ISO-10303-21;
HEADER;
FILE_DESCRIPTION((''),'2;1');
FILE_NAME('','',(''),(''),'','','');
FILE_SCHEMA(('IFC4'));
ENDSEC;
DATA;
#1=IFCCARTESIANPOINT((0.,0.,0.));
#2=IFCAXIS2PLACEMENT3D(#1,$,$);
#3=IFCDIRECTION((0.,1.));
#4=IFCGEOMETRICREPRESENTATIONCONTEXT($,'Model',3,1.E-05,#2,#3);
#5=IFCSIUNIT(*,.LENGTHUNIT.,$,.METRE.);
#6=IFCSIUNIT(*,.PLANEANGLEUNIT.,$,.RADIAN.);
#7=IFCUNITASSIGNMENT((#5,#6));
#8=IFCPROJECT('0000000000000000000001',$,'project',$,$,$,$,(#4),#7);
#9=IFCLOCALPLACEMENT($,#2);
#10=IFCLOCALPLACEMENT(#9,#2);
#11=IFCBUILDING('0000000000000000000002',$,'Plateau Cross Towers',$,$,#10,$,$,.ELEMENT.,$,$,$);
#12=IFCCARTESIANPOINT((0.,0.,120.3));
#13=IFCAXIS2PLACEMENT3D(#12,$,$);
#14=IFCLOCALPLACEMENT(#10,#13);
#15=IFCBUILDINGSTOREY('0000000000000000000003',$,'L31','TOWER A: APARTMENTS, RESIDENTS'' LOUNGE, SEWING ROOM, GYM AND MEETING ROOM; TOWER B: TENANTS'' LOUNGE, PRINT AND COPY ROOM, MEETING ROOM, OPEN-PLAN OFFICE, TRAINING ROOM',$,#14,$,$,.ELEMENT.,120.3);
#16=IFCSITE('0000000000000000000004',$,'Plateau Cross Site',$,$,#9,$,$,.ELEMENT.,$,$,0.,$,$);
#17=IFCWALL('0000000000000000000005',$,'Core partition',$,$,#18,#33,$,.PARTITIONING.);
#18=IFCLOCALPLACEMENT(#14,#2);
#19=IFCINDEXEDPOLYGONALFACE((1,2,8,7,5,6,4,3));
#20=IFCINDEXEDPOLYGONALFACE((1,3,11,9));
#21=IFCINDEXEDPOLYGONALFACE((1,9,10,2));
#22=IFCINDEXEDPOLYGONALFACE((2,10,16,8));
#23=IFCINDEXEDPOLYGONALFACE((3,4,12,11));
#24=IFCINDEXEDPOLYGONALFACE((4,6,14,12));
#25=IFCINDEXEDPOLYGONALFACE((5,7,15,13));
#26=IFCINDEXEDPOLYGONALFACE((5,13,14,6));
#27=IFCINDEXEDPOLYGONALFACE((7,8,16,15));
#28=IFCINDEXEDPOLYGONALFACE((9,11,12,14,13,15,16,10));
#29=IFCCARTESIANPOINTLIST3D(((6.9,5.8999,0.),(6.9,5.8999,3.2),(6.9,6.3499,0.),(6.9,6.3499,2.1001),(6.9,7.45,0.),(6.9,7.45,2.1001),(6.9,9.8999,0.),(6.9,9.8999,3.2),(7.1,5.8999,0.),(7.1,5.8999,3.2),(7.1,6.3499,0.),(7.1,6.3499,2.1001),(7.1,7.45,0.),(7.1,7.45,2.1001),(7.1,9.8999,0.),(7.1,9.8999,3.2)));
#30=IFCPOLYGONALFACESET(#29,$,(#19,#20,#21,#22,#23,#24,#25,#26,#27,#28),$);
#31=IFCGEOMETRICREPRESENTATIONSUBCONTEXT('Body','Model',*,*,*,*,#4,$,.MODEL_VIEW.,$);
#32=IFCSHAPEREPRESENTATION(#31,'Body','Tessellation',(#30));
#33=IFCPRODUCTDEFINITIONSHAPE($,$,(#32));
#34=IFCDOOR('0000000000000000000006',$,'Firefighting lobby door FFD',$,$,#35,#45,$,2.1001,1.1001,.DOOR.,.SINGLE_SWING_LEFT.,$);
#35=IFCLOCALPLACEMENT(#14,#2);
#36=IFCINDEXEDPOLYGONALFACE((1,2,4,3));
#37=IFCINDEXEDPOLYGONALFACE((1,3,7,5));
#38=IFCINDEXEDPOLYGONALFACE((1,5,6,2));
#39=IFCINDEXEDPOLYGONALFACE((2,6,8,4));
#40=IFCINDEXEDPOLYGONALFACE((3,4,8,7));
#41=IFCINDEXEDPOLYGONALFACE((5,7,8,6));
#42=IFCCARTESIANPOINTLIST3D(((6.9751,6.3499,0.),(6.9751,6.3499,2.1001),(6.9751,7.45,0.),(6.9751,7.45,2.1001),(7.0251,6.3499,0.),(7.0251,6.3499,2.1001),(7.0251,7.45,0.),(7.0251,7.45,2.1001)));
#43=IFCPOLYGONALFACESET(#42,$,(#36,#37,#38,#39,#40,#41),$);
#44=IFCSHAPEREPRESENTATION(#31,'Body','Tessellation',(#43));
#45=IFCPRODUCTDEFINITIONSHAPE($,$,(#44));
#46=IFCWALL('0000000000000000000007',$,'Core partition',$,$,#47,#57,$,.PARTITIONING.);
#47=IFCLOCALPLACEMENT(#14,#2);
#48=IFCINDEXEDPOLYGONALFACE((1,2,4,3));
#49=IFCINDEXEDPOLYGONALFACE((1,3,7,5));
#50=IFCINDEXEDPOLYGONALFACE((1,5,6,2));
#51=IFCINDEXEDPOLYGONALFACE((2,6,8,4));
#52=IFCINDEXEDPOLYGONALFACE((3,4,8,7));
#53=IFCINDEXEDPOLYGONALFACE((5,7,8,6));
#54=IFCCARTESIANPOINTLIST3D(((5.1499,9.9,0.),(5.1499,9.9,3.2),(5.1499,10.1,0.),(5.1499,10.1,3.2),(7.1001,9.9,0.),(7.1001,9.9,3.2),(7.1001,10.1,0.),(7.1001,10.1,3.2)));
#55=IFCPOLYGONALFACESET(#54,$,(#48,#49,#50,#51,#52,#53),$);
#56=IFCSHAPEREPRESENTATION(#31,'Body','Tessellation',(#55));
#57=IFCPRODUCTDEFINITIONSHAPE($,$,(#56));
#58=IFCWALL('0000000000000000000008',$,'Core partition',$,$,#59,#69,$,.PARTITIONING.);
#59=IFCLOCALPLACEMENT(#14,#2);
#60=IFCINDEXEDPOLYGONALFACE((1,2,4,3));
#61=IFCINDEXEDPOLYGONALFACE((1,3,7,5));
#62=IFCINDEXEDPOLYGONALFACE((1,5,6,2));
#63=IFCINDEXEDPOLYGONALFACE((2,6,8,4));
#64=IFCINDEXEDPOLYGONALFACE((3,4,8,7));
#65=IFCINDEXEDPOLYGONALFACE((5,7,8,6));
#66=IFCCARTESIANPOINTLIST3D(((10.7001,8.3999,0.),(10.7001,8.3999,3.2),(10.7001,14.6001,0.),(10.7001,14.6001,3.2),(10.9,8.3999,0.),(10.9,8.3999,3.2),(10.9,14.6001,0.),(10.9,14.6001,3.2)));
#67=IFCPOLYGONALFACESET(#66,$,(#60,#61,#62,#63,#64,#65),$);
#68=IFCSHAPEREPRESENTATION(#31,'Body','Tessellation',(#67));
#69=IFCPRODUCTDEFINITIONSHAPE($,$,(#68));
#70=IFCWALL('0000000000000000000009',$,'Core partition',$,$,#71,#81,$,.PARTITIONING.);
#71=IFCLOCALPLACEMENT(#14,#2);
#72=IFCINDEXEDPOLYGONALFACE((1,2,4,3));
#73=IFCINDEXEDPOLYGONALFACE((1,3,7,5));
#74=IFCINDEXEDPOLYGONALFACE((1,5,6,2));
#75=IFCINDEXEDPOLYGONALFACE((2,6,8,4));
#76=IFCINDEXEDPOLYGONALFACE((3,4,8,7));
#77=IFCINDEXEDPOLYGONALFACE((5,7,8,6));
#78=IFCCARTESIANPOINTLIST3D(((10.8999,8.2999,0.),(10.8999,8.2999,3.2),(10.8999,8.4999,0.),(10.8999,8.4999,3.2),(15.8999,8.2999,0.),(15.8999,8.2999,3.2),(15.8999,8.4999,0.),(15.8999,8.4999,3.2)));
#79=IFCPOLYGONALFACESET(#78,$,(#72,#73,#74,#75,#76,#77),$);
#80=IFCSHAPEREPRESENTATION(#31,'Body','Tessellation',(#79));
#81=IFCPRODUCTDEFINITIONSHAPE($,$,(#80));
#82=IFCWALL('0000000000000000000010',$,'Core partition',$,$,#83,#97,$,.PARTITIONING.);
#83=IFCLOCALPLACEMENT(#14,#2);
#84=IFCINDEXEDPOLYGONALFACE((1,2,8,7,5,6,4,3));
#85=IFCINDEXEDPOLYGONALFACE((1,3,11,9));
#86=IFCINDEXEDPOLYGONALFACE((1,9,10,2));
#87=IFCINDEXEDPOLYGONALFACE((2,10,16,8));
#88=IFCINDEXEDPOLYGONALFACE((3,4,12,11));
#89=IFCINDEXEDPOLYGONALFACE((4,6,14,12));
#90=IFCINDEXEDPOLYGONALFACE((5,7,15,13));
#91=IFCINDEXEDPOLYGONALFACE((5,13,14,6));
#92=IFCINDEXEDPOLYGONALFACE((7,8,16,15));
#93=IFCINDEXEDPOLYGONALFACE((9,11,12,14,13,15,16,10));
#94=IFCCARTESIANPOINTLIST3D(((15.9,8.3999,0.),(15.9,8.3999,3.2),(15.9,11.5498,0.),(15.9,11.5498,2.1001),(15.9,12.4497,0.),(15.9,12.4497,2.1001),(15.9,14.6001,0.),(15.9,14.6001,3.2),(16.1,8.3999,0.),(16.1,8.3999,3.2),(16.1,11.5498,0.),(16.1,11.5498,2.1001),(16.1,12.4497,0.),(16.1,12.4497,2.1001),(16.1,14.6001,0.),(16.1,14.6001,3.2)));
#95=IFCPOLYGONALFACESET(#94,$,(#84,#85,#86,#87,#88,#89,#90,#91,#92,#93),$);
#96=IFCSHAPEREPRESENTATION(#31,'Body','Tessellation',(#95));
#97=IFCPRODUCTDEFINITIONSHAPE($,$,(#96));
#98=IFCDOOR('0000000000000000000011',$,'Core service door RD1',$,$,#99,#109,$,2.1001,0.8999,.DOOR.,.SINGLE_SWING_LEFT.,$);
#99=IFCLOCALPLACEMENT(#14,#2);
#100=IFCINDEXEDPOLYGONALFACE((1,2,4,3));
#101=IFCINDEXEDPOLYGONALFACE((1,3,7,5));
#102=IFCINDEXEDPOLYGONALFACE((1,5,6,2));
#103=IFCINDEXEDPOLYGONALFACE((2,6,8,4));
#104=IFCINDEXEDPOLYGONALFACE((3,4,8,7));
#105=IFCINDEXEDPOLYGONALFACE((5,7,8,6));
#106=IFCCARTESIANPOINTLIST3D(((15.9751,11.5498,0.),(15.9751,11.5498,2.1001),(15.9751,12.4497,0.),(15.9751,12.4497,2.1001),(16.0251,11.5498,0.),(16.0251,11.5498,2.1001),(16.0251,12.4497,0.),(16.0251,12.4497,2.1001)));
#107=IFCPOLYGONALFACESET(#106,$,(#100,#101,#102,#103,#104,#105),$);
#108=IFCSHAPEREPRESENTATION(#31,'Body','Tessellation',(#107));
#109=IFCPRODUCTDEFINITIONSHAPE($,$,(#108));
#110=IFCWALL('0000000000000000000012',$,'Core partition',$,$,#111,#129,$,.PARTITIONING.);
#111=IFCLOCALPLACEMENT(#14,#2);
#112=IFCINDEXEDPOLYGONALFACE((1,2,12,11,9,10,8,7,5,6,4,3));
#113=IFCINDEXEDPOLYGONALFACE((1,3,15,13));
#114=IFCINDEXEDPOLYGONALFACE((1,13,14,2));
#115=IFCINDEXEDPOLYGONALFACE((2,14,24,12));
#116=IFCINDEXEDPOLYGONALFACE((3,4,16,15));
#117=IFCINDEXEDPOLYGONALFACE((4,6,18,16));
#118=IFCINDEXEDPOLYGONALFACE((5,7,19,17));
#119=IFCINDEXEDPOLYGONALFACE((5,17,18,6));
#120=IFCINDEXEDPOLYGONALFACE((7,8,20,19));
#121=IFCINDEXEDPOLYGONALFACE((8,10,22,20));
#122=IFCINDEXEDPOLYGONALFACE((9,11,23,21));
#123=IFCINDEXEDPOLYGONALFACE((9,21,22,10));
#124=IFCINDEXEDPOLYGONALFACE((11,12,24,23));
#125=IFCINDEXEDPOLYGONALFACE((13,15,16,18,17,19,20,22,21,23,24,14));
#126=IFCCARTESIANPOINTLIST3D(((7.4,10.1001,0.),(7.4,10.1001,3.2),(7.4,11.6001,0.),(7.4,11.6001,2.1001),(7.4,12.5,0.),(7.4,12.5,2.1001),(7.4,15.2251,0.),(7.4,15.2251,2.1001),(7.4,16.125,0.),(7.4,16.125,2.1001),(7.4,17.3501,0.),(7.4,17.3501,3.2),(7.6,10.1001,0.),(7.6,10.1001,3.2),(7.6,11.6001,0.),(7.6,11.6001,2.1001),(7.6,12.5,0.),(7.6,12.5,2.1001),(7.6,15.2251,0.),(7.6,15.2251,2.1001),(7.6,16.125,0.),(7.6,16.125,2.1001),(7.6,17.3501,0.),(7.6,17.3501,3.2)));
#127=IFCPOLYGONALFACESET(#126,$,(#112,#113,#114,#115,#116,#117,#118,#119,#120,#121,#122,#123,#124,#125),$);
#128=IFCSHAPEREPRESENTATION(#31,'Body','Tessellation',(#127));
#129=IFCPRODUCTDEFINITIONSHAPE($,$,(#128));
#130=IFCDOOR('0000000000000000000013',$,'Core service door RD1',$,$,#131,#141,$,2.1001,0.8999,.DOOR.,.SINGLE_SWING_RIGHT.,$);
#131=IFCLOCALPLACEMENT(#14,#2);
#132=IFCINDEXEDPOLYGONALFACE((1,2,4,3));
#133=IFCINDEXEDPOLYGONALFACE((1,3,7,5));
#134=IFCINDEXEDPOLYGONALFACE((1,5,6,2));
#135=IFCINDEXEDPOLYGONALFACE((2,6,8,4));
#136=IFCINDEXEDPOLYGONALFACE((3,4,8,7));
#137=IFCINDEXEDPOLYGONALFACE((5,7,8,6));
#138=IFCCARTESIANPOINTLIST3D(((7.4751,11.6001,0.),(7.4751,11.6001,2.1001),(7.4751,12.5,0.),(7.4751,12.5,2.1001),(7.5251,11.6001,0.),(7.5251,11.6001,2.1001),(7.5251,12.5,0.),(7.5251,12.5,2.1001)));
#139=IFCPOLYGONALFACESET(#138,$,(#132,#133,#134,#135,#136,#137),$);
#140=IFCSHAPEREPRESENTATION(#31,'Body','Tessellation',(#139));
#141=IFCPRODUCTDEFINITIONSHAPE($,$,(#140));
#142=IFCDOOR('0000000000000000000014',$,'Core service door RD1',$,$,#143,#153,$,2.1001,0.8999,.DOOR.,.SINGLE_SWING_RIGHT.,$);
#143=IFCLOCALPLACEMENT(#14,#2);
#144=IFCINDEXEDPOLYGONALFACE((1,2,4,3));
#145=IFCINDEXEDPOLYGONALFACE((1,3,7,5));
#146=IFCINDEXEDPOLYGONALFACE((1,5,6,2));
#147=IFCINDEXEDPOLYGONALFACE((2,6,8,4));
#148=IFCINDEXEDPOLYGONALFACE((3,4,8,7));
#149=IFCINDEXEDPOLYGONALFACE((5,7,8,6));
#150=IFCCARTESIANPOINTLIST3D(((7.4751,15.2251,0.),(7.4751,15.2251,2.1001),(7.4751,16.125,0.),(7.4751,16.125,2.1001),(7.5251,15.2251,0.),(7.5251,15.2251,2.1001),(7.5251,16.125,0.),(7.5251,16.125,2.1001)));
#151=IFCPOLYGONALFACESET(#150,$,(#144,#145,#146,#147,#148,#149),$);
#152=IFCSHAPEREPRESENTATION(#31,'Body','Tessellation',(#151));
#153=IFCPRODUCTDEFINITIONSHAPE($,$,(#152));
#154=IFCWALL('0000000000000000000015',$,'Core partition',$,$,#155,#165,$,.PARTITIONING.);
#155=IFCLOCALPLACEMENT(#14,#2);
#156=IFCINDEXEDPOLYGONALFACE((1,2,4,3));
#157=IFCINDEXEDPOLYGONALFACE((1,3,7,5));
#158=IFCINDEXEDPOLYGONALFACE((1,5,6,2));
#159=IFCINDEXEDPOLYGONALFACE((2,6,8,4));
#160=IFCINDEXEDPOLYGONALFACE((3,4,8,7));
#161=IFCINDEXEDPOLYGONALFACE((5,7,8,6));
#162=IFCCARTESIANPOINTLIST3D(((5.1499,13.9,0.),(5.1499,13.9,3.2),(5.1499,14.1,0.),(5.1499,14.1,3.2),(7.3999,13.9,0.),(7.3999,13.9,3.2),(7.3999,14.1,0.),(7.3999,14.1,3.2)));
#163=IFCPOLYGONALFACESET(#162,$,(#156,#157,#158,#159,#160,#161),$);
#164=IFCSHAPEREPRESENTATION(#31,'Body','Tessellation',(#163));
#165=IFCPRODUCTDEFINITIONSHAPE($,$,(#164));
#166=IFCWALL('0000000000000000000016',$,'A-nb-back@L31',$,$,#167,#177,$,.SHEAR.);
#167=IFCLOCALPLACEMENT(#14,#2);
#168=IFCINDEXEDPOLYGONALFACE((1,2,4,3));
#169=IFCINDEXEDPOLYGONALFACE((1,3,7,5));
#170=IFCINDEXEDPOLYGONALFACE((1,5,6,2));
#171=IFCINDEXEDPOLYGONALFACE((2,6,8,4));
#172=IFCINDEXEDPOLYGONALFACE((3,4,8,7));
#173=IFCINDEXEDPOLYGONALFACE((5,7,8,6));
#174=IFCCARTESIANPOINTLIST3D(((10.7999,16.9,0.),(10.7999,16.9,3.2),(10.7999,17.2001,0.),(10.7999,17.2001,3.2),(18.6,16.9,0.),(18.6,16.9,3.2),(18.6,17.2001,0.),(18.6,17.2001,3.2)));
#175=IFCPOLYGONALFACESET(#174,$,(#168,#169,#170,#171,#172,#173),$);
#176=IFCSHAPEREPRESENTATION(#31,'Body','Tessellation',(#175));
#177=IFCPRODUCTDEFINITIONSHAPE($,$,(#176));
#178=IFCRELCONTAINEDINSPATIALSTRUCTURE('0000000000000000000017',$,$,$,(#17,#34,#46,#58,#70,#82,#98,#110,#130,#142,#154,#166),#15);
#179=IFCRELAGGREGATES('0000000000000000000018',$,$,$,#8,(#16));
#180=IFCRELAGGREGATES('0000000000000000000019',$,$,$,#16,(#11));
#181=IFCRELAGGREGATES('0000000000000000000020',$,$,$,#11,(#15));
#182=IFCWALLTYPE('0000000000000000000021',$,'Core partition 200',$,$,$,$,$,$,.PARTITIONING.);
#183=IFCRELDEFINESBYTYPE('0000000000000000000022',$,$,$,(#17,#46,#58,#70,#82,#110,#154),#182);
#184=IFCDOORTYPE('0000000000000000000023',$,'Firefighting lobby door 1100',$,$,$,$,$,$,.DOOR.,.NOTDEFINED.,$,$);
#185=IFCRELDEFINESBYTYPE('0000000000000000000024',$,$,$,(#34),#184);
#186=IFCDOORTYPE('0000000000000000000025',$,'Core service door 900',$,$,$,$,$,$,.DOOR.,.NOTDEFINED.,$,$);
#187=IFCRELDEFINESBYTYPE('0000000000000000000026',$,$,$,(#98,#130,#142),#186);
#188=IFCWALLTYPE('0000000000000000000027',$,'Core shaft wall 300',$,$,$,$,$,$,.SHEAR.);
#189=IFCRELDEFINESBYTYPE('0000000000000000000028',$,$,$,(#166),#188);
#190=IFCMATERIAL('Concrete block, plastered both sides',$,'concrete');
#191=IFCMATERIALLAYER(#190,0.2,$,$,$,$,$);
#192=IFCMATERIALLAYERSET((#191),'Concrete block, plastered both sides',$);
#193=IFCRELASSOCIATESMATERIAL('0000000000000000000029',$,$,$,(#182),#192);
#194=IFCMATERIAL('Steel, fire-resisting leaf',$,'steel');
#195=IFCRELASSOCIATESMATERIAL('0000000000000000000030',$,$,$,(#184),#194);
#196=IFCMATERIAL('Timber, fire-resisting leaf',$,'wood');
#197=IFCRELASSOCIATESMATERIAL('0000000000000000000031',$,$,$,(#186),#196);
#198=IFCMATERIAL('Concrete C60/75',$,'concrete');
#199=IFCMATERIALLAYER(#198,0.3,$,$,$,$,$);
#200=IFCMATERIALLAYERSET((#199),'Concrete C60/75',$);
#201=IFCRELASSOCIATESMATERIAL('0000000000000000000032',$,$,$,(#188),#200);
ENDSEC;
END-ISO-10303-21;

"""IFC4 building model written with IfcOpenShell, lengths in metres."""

from ifc_helpers import new_model, si_unit, direction, frame, frame_2d, origin, place, context, subcontext, project, spatial, rectangle, extrude, material, layer, layer_set, type_object, element, fill, save


model = new_model("IFC4")

# Units and contexts
model_context = context("Model", 3, precision=1e-05, world=origin(), true_north=direction((0.0, 1.0)))
body_context = subcontext(model_context, "Body", "Model", "MODEL_VIEW")
ifc_project = project(units=[si_unit("LENGTHUNIT", "METRE"), si_unit("PLANEANGLEUNIT", "RADIAN")], contexts=[model_context])

# Site, building, storey
site_placement = place(None, origin())
site = spatial("IfcSite", under=ifc_project, at=site_placement, Name="Plateau Cross Site", CompositionType="ELEMENT", RefElevation=0.0)
building_placement = place(site_placement, origin())
building = spatial("IfcBuilding", under=site, at=building_placement, Name="Plateau Cross Towers", CompositionType="ELEMENT")
storey_placement = place(building_placement, frame((0.0, 0.0, 120.3)))
storey = spatial("IfcBuildingStorey", under=building, at=storey_placement, Name="L31", Description="TOWER A: APARTMENTS, RESIDENTS' LOUNGE, SEWING ROOM, GYM AND MEETING ROOM; TOWER B: TENANTS' LOUNGE, PRINT AND COPY ROOM, MEETING ROOM, OPEN-PLAN OFFICE, TRAINING ROOM", CompositionType="ELEMENT", Elevation=120.3)

# Wall, opening, door
ifc_material_1 = material(Name="Concrete block, plastered both sides", Category="concrete")
ifc_layer_1 = layer(ifc_material_1, 0.2)
ifc_layer_set_1 = layer_set([ifc_layer_1], Name="Concrete block, plastered both sides")
wall_type_1 = type_object("IfcWallType", Name="Core partition 200", PredefinedType="PARTITIONING", material=ifc_layer_set_1)
wall_1_placement = place(storey_placement, frame((7.0, 5.8999, 0.0), z_axis=(0.0, 0.0, 1.0), x_axis=(0.0, 1.0, 0.0)))
wall_1 = element("IfcWall", 1, at=wall_1_placement, inside=storey, type_object=wall_type_1, Name="Core partition", PredefinedType="PARTITIONING", context=body_context, shape_type="SweptSolid", body=[
    extrude(rectangle(XDim=4.0, YDim=0.2, at=frame_2d((2.0, 0.0))), origin(), (0.0, 0.0, 1.0), 3.2),
])
opening_1_placement = place(wall_1_placement, frame((0.45, 0.0, 0.0)))
opening_1 = element("IfcOpeningElement", 2, at=opening_1_placement, cuts=wall_1, PredefinedType="OPENING", context=body_context, shape_type="SweptSolid", body=[
    extrude(rectangle(XDim=1.1001, YDim=2.1001, at=frame_2d((0.55, 1.05))), frame((0.0, 0.1099, 0.0), z_axis=(0.0, -1.0, 0.0), x_axis=(1.0, 0.0, 0.0)), (0.0, 0.0, 1.0), 0.22),
])
ifc_material_2 = material(Name="Steel, fire-resisting leaf", Category="steel")
door_type_1 = type_object("IfcDoorType", Name="Firefighting lobby door 1100", OperationType="NOTDEFINED", PredefinedType="DOOR", material=ifc_material_2)
door_1_placement = place(opening_1_placement, origin())
door_1 = element("IfcDoor", 3, at=door_1_placement, inside=storey, type_object=door_type_1, Name="Firefighting lobby door FFD", OperationType="SINGLE_SWING_LEFT", OverallHeight=2.1001, OverallWidth=1.1001, PredefinedType="DOOR", context=body_context, shape_type="SweptSolid", body=[
    extrude(rectangle(XDim=1.1001, YDim=2.1001, at=frame_2d((0.55, 1.05))), frame((0.0, 0.0249, 0.0), z_axis=(0.0, -1.0, 0.0), x_axis=(1.0, 0.0, 0.0)), (0.0, 0.0, 1.0), 0.05),
])
fill(opening_1, door_1)

# Walls
wall_2_placement = place(storey_placement, frame((5.1499, 10.0, 0.0), z_axis=(0.0, 0.0, 1.0), x_axis=(1.0, 0.0, 0.0)))
element("IfcWall", 4, at=wall_2_placement, inside=storey, type_object=wall_type_1, Name="Core partition", PredefinedType="PARTITIONING", context=body_context, shape_type="SweptSolid", body=[
    extrude(rectangle(XDim=1.9502, YDim=0.2, at=frame_2d((0.9751, 0.0))), origin(), (0.0, 0.0, 1.0), 3.2),
])
wall_3_placement = place(storey_placement, frame((10.8, 8.3999, 0.0), z_axis=(0.0, 0.0, 1.0), x_axis=(0.0, 1.0, 0.0)))
element("IfcWall", 5, at=wall_3_placement, inside=storey, type_object=wall_type_1, Name="Core partition", PredefinedType="PARTITIONING", context=body_context, shape_type="SweptSolid", body=[
    extrude(rectangle(XDim=6.2002, YDim=0.2, at=frame_2d((3.1001, 0.0))), origin(), (0.0, 0.0, 1.0), 3.2),
])
wall_4_placement = place(storey_placement, frame((10.8999, 8.3999, 0.0), z_axis=(0.0, 0.0, 1.0), x_axis=(1.0, 0.0, 0.0)))
element("IfcWall", 6, at=wall_4_placement, inside=storey, type_object=wall_type_1, Name="Core partition", PredefinedType="PARTITIONING", context=body_context, shape_type="SweptSolid", body=[
    extrude(rectangle(XDim=5.0, YDim=0.2, at=frame_2d((2.5, 0.0))), origin(), (0.0, 0.0, 1.0), 3.2),
])

# Wall, opening, door
wall_5_placement = place(storey_placement, frame((16.0, 8.3999, 0.0), z_axis=(0.0, 0.0, 1.0), x_axis=(0.0, 1.0, 0.0)))
wall_5 = element("IfcWall", 7, at=wall_5_placement, inside=storey, type_object=wall_type_1, Name="Core partition", PredefinedType="PARTITIONING", context=body_context, shape_type="SweptSolid", body=[
    extrude(rectangle(XDim=6.2002, YDim=0.2, at=frame_2d((3.1001, 0.0))), origin(), (0.0, 0.0, 1.0), 3.2),
])
opening_2_placement = place(wall_5_placement, frame((3.1499, 0.0, 0.0)))
opening_2 = element("IfcOpeningElement", 8, at=opening_2_placement, cuts=wall_5, PredefinedType="OPENING", context=body_context, shape_type="SweptSolid", body=[
    extrude(rectangle(XDim=0.8999, YDim=2.1001, at=frame_2d((0.45, 1.05))), frame((0.0, 0.1099, 0.0), z_axis=(0.0, -1.0, 0.0), x_axis=(1.0, 0.0, 0.0)), (0.0, 0.0, 1.0), 0.22),
])
ifc_material_3 = material(Name="Timber, fire-resisting leaf", Category="wood")
door_type_2 = type_object("IfcDoorType", Name="Core service door 900", OperationType="NOTDEFINED", PredefinedType="DOOR", material=ifc_material_3)
door_2_placement = place(opening_2_placement, origin())
door_2 = element("IfcDoor", 9, at=door_2_placement, inside=storey, type_object=door_type_2, Name="Core service door RD1", OperationType="SINGLE_SWING_LEFT", OverallHeight=2.1001, OverallWidth=0.8999, PredefinedType="DOOR", context=body_context, shape_type="SweptSolid", body=[
    extrude(rectangle(XDim=0.8999, YDim=2.1001, at=frame_2d((0.45, 1.05))), frame((0.0, 0.0249, 0.0), z_axis=(0.0, -1.0, 0.0), x_axis=(1.0, 0.0, 0.0)), (0.0, 0.0, 1.0), 0.05),
])
fill(opening_2, door_2)

# Wall, openings, doors
wall_6_placement = place(storey_placement, frame((7.5, 10.1001, 0.0), z_axis=(0.0, 0.0, 1.0), x_axis=(0.0, 1.0, 0.0)))
wall_6 = element("IfcWall", 10, at=wall_6_placement, inside=storey, type_object=wall_type_1, Name="Core partition", PredefinedType="PARTITIONING", context=body_context, shape_type="SweptSolid", body=[
    extrude(rectangle(XDim=7.25, YDim=0.2, at=frame_2d((3.625, 0.0))), origin(), (0.0, 0.0, 1.0), 3.2),
])
opening_3_placement = place(wall_6_placement, frame((1.5, 0.0, 0.0)))
opening_3 = element("IfcOpeningElement", 11, at=opening_3_placement, cuts=wall_6, PredefinedType="OPENING", context=body_context, shape_type="SweptSolid", body=[
    extrude(rectangle(XDim=0.8999, YDim=2.1001, at=frame_2d((0.45, 1.05))), frame((0.0, 0.1099, 0.0), z_axis=(0.0, -1.0, 0.0), x_axis=(1.0, 0.0, 0.0)), (0.0, 0.0, 1.0), 0.22),
])
opening_4_placement = place(wall_6_placement, frame((5.125, 0.0, 0.0)))
opening_4 = element("IfcOpeningElement", 12, at=opening_4_placement, cuts=wall_6, PredefinedType="OPENING", context=body_context, shape_type="SweptSolid", body=[
    extrude(rectangle(XDim=0.8999, YDim=2.1001, at=frame_2d((0.45, 1.05))), frame((0.0, 0.1099, 0.0), z_axis=(0.0, -1.0, 0.0), x_axis=(1.0, 0.0, 0.0)), (0.0, 0.0, 1.0), 0.22),
])
door_3_placement = place(opening_3_placement, origin())
door_3 = element("IfcDoor", 13, at=door_3_placement, inside=storey, type_object=door_type_2, Name="Core service door RD1", OperationType="SINGLE_SWING_RIGHT", OverallHeight=2.1001, OverallWidth=0.8999, PredefinedType="DOOR", context=body_context, shape_type="SweptSolid", body=[
    extrude(rectangle(XDim=0.8999, YDim=2.1001, at=frame_2d((0.45, 1.05))), frame((0.0, 0.0249, 0.0), z_axis=(0.0, -1.0, 0.0), x_axis=(1.0, 0.0, 0.0)), (0.0, 0.0, 1.0), 0.05),
])
fill(opening_3, door_3)
door_4_placement = place(opening_4_placement, origin())
door_4 = element("IfcDoor", 14, at=door_4_placement, inside=storey, type_object=door_type_2, Name="Core service door RD1", OperationType="SINGLE_SWING_RIGHT", OverallHeight=2.1001, OverallWidth=0.8999, PredefinedType="DOOR", context=body_context, shape_type="SweptSolid", body=[
    extrude(rectangle(XDim=0.8999, YDim=2.1001, at=frame_2d((0.45, 1.05))), frame((0.0, 0.0249, 0.0), z_axis=(0.0, -1.0, 0.0), x_axis=(1.0, 0.0, 0.0)), (0.0, 0.0, 1.0), 0.05),
])
fill(opening_4, door_4)

# Walls
wall_7_placement = place(storey_placement, frame((5.1499, 14.0, 0.0), z_axis=(0.0, 0.0, 1.0), x_axis=(1.0, 0.0, 0.0)))
element("IfcWall", 15, at=wall_7_placement, inside=storey, type_object=wall_type_1, Name="Core partition", PredefinedType="PARTITIONING", context=body_context, shape_type="SweptSolid", body=[
    extrude(rectangle(XDim=2.25, YDim=0.2, at=frame_2d((1.125, 0.0))), origin(), (0.0, 0.0, 1.0), 3.2),
])
ifc_material_4 = material(Name="Concrete C60/75", Category="concrete")
ifc_layer_2 = layer(ifc_material_4, 0.3)
ifc_layer_set_2 = layer_set([ifc_layer_2], Name="Concrete C60/75")
wall_type_2 = type_object("IfcWallType", Name="Core shaft wall 300", PredefinedType="SHEAR", material=ifc_layer_set_2)
for number, where, z_axis, x_axis, name in (
    (16, (10.8, 17.05, 0.0), (0.0, 0.0, 1.0), (1.0, 0.0, 0.0), "A-nb-back@L31"),
):
    element("IfcWall", number, at=place(storey_placement, frame(where, z_axis=z_axis, x_axis=x_axis)), inside=storey, type_object=wall_type_2, Name=name, PredefinedType="SHEAR", context=body_context, shape_type="SweptSolid", body=[
        extrude(rectangle(XDim=7.8, YDim=0.3, at=frame_2d((3.8999, 0.0))), origin(), (0.0, 0.0, 1.0), 3.2),
    ])

save(model, "model.ifc")
